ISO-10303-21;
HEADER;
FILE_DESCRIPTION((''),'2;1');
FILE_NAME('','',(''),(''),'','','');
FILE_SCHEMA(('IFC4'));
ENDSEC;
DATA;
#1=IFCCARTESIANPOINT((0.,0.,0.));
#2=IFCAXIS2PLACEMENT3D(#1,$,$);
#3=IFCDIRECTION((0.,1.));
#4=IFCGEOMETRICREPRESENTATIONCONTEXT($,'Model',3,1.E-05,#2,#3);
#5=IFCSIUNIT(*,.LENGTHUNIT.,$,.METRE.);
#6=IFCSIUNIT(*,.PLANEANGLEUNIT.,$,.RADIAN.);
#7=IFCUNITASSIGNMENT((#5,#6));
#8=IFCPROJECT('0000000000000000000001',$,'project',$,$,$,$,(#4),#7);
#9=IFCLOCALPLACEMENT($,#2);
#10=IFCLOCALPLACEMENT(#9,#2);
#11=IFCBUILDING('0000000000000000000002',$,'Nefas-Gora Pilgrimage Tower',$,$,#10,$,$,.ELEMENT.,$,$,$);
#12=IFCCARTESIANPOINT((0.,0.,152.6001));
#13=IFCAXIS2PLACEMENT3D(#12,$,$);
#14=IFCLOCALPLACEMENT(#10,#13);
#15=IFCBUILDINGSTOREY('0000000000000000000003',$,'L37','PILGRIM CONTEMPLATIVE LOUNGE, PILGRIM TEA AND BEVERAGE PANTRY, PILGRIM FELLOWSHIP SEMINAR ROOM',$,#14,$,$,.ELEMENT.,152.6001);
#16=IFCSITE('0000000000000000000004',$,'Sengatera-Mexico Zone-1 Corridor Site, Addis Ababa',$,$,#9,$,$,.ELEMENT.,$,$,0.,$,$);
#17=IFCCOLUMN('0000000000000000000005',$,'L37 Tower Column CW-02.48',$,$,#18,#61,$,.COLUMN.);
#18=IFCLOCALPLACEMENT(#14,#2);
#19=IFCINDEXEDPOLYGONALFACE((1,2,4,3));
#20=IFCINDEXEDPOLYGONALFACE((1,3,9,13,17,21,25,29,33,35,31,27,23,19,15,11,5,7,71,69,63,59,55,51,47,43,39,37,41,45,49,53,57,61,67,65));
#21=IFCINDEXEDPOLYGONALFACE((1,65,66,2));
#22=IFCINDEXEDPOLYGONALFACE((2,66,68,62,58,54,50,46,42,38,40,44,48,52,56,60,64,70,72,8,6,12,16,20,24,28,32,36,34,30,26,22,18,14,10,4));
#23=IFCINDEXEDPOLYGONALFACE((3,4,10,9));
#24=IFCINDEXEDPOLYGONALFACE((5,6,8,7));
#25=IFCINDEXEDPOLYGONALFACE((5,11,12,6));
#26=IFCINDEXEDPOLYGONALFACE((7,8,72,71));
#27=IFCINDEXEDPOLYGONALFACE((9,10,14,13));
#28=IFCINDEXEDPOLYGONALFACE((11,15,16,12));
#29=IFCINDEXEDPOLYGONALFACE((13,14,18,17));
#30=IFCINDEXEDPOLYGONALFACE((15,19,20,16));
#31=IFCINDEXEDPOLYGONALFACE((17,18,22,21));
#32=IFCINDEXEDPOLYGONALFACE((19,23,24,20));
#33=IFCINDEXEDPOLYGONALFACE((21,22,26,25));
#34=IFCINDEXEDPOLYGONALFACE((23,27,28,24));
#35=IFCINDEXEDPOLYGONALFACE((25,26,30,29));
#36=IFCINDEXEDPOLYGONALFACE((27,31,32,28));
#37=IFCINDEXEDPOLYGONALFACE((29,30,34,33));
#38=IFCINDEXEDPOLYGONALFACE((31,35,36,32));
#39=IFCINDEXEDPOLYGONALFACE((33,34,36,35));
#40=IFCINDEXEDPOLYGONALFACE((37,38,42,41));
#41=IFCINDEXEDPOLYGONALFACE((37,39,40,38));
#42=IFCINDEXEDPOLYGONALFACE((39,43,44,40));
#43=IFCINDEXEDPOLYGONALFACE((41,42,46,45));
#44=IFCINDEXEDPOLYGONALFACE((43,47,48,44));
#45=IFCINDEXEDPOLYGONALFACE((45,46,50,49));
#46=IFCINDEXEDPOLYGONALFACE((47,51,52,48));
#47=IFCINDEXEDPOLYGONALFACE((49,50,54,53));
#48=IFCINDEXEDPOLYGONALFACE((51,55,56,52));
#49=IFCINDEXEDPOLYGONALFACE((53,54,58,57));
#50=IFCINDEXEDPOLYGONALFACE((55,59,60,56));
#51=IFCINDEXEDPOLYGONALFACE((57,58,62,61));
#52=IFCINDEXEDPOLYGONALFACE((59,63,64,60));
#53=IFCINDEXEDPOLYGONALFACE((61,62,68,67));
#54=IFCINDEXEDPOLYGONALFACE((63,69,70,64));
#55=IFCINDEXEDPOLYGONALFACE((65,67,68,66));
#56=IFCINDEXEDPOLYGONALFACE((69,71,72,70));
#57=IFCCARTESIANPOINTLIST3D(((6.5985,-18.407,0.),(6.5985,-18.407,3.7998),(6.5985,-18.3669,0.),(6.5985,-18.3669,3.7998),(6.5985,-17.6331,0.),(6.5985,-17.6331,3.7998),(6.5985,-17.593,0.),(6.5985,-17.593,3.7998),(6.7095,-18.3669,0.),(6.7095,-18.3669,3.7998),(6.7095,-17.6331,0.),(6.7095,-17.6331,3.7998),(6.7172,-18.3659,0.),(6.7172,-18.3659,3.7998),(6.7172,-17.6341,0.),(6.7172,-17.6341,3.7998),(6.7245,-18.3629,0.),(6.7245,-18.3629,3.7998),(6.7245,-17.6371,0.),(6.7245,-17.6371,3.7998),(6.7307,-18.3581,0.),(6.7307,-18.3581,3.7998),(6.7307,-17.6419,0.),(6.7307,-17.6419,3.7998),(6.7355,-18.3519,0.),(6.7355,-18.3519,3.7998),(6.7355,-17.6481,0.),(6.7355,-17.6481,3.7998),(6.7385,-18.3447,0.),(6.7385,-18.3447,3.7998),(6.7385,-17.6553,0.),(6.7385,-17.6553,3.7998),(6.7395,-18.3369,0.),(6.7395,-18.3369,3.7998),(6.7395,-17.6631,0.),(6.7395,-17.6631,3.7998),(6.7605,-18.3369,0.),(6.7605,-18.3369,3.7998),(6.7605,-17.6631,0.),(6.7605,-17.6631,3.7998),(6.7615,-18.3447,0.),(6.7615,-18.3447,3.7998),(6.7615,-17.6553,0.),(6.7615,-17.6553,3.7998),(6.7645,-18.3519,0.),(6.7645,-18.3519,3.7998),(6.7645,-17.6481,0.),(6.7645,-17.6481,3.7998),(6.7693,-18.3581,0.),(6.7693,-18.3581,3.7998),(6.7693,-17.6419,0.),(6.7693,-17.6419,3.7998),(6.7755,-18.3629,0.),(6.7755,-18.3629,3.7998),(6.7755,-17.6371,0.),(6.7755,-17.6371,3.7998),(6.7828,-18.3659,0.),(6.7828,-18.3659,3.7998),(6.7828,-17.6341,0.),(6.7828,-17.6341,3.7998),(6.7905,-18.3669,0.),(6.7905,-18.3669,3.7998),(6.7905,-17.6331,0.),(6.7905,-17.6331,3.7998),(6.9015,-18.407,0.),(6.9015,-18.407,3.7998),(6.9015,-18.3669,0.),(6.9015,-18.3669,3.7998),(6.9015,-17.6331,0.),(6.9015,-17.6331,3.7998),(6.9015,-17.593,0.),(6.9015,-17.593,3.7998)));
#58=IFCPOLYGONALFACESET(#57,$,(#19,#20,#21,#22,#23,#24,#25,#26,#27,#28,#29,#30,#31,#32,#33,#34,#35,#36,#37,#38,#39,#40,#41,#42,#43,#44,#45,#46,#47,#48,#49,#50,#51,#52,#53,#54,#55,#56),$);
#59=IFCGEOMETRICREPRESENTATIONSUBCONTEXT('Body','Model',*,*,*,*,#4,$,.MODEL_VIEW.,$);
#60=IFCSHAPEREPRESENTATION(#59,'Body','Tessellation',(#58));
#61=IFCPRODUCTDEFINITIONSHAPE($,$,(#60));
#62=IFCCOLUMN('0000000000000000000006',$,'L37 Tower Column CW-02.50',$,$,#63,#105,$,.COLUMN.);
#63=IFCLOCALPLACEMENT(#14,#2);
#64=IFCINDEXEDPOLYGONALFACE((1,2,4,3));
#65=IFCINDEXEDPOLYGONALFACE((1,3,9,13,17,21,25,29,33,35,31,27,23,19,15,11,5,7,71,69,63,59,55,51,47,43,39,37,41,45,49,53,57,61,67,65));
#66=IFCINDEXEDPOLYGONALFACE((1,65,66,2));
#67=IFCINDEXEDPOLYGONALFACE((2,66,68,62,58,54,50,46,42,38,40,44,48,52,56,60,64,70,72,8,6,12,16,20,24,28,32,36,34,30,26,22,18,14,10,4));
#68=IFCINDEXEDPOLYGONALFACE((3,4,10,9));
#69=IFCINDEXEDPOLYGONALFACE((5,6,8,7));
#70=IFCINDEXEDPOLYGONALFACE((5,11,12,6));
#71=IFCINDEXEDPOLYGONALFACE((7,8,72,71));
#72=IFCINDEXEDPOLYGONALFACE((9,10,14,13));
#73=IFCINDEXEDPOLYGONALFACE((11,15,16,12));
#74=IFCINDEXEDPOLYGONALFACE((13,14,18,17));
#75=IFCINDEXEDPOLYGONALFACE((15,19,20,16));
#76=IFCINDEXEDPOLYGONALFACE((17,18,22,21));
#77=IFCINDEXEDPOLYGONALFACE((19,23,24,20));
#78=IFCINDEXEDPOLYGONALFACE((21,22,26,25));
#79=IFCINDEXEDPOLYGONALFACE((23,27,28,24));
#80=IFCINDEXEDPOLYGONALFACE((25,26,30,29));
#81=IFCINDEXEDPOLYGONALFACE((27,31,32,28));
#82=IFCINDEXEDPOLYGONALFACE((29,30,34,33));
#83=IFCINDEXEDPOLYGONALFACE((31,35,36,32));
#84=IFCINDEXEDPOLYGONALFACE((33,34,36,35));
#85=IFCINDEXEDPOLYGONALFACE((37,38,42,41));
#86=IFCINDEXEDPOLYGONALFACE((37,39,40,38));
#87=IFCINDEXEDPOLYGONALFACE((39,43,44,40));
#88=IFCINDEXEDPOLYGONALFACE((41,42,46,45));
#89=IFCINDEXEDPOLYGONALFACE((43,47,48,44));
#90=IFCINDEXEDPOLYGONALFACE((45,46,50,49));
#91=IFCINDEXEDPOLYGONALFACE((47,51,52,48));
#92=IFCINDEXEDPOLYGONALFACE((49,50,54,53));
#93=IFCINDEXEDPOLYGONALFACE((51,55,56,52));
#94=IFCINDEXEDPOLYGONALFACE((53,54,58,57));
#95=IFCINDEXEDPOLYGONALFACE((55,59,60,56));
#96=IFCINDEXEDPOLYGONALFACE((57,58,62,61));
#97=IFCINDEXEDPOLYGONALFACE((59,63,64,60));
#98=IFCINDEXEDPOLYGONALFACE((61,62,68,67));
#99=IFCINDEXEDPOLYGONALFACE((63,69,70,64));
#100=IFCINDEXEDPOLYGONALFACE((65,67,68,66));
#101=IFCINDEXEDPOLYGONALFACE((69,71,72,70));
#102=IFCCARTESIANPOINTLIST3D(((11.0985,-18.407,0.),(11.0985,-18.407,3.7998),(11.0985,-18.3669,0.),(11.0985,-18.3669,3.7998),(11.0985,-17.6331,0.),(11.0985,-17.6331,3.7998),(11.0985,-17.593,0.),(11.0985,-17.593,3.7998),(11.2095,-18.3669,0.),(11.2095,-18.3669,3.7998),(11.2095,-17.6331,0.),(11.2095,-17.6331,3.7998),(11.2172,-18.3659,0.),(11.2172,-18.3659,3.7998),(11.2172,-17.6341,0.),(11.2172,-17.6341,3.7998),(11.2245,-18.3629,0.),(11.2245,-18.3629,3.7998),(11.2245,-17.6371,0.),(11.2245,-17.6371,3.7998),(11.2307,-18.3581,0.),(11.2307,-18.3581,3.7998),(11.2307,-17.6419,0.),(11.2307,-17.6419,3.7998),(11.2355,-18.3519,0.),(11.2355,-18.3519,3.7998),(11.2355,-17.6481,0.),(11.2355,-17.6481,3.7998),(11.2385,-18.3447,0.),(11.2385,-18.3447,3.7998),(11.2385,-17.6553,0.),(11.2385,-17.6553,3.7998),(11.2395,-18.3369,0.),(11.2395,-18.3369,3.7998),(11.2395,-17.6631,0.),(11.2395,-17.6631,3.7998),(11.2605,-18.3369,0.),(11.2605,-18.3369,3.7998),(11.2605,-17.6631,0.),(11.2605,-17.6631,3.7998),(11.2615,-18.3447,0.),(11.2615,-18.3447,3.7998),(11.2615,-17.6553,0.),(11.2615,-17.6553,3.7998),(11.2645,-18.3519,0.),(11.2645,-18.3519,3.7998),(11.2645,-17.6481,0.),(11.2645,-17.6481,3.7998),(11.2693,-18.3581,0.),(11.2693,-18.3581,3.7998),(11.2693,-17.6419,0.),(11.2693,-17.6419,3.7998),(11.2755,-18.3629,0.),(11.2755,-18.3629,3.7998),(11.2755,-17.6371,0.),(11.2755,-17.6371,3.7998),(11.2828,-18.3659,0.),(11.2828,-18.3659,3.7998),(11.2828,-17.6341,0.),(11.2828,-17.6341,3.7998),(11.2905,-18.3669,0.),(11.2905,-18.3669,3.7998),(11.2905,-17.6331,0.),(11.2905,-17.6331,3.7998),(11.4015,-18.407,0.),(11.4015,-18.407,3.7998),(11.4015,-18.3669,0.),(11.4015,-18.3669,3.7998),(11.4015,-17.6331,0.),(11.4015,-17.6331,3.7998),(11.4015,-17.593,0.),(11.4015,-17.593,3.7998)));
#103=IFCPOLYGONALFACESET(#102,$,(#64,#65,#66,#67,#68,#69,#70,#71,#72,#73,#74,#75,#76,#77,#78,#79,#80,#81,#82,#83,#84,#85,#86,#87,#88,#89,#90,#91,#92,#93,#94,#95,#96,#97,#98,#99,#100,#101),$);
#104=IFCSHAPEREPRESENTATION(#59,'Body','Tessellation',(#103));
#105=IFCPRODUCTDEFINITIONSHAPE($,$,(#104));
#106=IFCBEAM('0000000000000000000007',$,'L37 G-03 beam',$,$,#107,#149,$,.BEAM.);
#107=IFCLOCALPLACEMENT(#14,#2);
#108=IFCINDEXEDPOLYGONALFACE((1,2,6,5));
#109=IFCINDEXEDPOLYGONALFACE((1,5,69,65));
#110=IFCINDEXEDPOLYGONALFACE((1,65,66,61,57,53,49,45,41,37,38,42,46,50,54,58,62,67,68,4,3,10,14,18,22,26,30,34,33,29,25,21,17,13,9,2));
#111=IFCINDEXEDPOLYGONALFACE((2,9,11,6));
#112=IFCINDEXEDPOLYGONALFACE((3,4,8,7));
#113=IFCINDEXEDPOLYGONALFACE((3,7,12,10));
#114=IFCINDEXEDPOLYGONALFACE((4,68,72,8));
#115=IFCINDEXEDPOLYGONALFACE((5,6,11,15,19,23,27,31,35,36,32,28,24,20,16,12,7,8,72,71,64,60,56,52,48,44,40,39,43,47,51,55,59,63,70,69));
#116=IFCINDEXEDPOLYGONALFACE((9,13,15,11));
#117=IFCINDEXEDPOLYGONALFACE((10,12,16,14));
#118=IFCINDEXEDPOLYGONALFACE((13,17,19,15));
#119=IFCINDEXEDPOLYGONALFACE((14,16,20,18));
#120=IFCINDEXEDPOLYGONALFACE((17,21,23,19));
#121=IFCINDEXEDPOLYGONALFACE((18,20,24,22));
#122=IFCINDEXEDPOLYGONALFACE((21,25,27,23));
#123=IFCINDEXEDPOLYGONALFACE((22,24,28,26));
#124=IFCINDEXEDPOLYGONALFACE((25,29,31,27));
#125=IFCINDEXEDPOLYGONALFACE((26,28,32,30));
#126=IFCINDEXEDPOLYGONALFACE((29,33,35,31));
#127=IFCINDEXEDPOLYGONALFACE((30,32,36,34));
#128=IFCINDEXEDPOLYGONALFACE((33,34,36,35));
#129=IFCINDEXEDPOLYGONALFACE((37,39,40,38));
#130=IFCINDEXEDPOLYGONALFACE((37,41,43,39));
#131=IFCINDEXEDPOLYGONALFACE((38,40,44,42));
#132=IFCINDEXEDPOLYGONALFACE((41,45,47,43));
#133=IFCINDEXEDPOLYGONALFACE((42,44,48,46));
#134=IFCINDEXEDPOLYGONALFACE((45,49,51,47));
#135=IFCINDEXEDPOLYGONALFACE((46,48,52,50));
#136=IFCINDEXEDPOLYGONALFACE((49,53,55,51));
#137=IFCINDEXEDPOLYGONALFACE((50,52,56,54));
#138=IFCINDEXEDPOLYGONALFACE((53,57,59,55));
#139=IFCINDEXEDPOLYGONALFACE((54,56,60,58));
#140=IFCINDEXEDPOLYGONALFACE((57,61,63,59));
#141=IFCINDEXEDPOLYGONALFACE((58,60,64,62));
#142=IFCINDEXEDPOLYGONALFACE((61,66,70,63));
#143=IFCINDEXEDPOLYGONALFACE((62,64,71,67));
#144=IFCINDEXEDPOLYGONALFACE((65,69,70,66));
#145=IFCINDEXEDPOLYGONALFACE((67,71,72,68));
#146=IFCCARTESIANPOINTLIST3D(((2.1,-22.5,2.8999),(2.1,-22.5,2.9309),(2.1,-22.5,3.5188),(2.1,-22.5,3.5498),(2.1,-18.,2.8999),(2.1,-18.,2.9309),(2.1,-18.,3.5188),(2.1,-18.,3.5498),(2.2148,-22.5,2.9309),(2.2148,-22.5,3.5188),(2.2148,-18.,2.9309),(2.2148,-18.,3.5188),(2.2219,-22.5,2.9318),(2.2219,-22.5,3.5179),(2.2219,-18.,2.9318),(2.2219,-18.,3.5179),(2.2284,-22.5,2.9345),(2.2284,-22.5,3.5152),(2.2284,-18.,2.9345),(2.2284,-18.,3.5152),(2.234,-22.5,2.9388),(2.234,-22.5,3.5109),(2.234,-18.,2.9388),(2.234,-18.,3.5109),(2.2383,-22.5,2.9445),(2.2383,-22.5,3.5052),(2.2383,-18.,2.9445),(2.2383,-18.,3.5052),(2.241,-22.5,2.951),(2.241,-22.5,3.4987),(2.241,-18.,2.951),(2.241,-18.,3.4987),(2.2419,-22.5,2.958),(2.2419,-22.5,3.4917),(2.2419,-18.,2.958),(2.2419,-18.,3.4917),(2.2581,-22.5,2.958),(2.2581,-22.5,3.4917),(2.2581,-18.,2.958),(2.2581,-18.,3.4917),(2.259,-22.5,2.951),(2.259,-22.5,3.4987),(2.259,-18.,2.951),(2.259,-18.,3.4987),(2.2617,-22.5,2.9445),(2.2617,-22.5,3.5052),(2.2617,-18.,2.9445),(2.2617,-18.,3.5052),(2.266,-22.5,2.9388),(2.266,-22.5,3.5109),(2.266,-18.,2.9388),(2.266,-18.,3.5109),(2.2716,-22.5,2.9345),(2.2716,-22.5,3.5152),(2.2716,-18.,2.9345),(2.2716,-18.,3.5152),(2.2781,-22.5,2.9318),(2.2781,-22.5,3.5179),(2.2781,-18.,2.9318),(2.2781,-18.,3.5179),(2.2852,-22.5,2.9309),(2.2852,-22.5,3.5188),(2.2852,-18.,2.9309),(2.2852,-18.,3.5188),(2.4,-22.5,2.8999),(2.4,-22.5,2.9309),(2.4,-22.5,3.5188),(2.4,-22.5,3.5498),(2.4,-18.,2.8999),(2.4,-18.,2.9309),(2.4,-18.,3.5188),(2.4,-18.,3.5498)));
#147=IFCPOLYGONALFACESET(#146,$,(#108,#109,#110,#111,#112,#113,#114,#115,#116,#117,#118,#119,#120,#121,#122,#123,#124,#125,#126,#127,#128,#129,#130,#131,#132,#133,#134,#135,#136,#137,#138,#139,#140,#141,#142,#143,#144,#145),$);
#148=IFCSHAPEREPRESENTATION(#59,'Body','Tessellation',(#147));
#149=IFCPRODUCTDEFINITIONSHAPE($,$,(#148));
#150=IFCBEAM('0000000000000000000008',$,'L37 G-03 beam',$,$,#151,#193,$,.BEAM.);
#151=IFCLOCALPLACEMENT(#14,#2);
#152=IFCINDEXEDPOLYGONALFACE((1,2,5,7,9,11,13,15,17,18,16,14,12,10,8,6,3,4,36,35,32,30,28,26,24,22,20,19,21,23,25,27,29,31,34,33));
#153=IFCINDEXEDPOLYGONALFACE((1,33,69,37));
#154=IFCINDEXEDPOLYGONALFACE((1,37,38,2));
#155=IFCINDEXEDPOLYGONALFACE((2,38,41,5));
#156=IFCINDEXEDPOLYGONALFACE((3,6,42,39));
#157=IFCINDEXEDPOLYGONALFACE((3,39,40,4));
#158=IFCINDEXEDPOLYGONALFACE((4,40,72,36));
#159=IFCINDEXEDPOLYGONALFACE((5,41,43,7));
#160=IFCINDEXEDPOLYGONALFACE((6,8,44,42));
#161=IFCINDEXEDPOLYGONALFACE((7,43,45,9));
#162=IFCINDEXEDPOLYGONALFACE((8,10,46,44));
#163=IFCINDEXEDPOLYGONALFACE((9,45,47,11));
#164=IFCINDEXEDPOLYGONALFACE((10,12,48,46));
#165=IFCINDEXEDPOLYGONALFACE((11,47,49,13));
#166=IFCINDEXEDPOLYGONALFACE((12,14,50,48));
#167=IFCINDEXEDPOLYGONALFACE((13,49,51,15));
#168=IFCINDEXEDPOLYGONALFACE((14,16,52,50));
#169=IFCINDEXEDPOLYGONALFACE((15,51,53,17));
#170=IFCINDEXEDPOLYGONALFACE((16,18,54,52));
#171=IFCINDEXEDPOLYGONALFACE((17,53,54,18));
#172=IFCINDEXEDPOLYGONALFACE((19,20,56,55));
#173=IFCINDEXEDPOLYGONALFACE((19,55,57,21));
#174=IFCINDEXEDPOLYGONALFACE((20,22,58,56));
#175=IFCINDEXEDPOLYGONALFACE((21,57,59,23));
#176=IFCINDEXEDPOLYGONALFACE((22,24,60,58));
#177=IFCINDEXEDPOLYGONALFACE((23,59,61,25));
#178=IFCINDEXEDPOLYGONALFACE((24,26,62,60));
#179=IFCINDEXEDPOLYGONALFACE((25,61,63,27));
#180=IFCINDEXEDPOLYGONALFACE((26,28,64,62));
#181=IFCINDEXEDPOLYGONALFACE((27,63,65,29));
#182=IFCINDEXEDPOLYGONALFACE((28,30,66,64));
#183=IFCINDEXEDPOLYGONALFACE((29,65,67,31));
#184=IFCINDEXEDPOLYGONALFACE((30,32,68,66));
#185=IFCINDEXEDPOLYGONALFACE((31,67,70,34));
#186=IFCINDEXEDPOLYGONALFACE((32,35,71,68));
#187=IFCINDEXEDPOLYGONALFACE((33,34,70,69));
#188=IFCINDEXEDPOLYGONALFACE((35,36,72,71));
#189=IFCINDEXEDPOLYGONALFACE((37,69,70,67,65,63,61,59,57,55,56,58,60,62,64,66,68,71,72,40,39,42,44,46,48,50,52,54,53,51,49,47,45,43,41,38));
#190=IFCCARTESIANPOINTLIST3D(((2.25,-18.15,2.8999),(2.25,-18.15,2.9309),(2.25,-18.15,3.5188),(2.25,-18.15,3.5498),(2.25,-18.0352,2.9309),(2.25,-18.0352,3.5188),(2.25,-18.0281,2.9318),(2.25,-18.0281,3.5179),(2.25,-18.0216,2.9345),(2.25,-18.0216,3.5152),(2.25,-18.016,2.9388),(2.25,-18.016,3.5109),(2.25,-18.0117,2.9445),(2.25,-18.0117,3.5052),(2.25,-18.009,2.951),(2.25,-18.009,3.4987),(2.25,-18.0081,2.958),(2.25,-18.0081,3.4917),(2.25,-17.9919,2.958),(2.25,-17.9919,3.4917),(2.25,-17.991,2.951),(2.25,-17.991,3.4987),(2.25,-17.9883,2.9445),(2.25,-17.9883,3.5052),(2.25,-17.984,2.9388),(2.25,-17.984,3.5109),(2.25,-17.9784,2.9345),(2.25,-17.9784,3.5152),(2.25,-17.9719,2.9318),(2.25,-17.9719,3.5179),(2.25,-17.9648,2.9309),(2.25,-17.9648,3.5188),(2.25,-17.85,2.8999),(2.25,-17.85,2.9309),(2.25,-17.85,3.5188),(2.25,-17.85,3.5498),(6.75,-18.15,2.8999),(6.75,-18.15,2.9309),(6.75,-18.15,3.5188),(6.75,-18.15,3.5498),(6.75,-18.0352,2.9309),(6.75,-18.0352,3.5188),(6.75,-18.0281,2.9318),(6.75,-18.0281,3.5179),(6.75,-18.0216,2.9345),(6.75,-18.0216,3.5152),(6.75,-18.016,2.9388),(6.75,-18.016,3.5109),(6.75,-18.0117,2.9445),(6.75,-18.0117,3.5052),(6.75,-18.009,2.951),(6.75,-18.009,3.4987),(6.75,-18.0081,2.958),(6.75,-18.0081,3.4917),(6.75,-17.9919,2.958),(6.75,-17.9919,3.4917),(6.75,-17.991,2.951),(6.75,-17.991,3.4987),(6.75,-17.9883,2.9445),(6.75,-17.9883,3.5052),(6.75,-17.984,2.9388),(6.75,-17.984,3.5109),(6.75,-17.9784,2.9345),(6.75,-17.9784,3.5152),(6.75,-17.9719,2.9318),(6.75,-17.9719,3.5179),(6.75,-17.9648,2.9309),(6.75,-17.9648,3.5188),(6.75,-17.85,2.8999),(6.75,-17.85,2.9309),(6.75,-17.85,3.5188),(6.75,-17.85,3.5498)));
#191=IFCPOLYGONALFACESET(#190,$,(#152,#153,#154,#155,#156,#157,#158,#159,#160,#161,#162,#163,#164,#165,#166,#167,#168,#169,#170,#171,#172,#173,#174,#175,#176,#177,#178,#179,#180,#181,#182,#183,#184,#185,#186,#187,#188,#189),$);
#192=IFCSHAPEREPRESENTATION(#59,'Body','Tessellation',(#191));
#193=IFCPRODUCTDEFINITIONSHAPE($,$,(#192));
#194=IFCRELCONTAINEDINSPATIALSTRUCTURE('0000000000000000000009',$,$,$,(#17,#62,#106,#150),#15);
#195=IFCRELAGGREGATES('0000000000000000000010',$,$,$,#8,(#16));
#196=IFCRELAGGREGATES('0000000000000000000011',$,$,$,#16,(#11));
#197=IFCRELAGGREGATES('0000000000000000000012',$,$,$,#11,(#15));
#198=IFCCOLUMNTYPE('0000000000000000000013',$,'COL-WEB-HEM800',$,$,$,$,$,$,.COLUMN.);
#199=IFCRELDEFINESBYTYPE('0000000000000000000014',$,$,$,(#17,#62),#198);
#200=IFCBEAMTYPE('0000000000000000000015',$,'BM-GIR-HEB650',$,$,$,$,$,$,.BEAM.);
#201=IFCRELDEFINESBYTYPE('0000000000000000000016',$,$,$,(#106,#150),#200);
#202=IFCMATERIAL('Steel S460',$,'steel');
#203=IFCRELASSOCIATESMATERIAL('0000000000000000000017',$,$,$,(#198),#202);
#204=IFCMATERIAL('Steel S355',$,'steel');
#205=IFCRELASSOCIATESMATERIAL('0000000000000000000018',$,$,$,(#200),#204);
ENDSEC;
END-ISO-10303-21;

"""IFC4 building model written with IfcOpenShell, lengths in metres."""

from ifc_helpers import new_model, si_unit, direction, frame, origin, origin_2d, place, context, subcontext, project, spatial, i_section, extrude, source, transform, mapped, material, material_profile, profile_set, type_object, element, save


model = new_model("IFC4")

# Units and contexts
model_context = context("Model", 3, precision=1e-05, world=origin(), true_north=direction((0.0, 1.0)))
body_context = subcontext(model_context, "Body", "Model", "MODEL_VIEW")
ifc_project = project(units=[si_unit("LENGTHUNIT", "METRE"), si_unit("PLANEANGLEUNIT", "RADIAN")], contexts=[model_context])

# Site, building, storey
site_placement = place(None, origin())
site = spatial("IfcSite", under=ifc_project, at=site_placement, Name="Sengatera-Mexico Zone-1 Corridor Site, Addis Ababa", CompositionType="ELEMENT", RefElevation=0.0)
building_placement = place(site_placement, origin())
building = spatial("IfcBuilding", under=site, at=building_placement, Name="Nefas-Gora Pilgrimage Tower", CompositionType="ELEMENT")
storey_placement = place(building_placement, frame((0.0, 0.0, 152.6001)))
storey = spatial("IfcBuildingStorey", under=building, at=storey_placement, Name="L37", Description="PILGRIM CONTEMPLATIVE LOUNGE, PILGRIM TEA AND BEVERAGE PANTRY, PILGRIM FELLOWSHIP SEMINAR ROOM", CompositionType="ELEMENT", Elevation=152.6001)

# Columns
ifc_material_1 = material(Name="Steel S460", Category="steel")
ifc_material_profile_1 = material_profile(ifc_material_1, i_section(OverallWidth=0.303, OverallDepth=0.814, WebThickness=0.021, FlangeThickness=0.04, FilletRadius=0.03, at=origin_2d()), Name="HEM 800")
ifc_profile_set_1 = profile_set([ifc_material_profile_1], Name="Steel S460")
column_type_1 = type_object("IfcColumnType", Name="COL-WEB-HEM800", PredefinedType="COLUMN", material=ifc_profile_set_1)
shared_shape_1 = source(origin(), body_context, "Body", "SweptSolid", [
    extrude(i_section(OverallWidth=0.303, OverallDepth=0.814, WebThickness=0.021, FlangeThickness=0.04, FilletRadius=0.03, at=origin_2d()), origin(), (0.0, 0.0, 1.0), 3.7998),
])
for number, where, z_axis, x_axis, name in (
    (1, (6.75, -18.0, 0.0), (0.0, 0.0, 1.0), (1.0, 0.0, 0.0), "L37 Tower Column CW-02.48"),
    (2, (11.25, -18.0, 0.0), (0.0, 0.0, 1.0), (1.0, 0.0, 0.0), "L37 Tower Column CW-02.50"),
):
    element("IfcColumn", number, at=place(storey_placement, frame(where, z_axis=z_axis, x_axis=x_axis)), inside=storey, type_object=column_type_1, Name=name, PredefinedType="COLUMN", context=body_context, shape_type="MappedRepresentation", body=[
        mapped(shared_shape_1, transform((0.0, 0.0, 0.0), x_axis=(1.0, 0.0, 0.0), y_axis=(0.0, 1.0, 0.0), z_axis=(0.0, 0.0, 1.0), scale=1.0)),
    ])

# Beams
ifc_material_2 = material(Name="Steel S355", Category="steel")
ifc_material_profile_2 = material_profile(ifc_material_2, i_section(OverallWidth=0.3, OverallDepth=0.6499, WebThickness=0.0161, FlangeThickness=0.031, FilletRadius=0.0271, at=origin_2d()), Name="HEB 650")
ifc_profile_set_2 = profile_set([ifc_material_profile_2], Name="Steel S355")
beam_type = type_object("IfcBeamType", Name="BM-GIR-HEB650", PredefinedType="BEAM", material=ifc_profile_set_2)
shared_shape_2 = source(origin(), body_context, "Body", "SweptSolid", [
    extrude(i_section(OverallWidth=0.3, OverallDepth=0.6499, WebThickness=0.0161, FlangeThickness=0.031, FilletRadius=0.0271, at=origin_2d()), origin(), (0.0, 0.0, 1.0), 4.5),
])
for number, where, z_axis, x_axis, name in (
    (3, (2.25, -22.5, 3.2249), (0.0, 1.0, 0.0), (-1.0, 0.0, 0.0), "L37 G-03 beam"),
    (4, (2.25, -18.0, 3.2249), (1.0, 0.0, 0.0), (0.0, 1.0, 0.0), "L37 G-03 beam"),
):
    element("IfcBeam", number, at=place(storey_placement, frame(where, z_axis=z_axis, x_axis=x_axis)), inside=storey, type_object=beam_type, Name=name, PredefinedType="BEAM", context=body_context, shape_type="MappedRepresentation", body=[
        mapped(shared_shape_2, transform((0.0, 0.0, 0.0), x_axis=(1.0, 0.0, 0.0), y_axis=(0.0, 1.0, 0.0), z_axis=(0.0, 0.0, 1.0), scale=1.0)),
    ])

save(model, "model.ifc")
